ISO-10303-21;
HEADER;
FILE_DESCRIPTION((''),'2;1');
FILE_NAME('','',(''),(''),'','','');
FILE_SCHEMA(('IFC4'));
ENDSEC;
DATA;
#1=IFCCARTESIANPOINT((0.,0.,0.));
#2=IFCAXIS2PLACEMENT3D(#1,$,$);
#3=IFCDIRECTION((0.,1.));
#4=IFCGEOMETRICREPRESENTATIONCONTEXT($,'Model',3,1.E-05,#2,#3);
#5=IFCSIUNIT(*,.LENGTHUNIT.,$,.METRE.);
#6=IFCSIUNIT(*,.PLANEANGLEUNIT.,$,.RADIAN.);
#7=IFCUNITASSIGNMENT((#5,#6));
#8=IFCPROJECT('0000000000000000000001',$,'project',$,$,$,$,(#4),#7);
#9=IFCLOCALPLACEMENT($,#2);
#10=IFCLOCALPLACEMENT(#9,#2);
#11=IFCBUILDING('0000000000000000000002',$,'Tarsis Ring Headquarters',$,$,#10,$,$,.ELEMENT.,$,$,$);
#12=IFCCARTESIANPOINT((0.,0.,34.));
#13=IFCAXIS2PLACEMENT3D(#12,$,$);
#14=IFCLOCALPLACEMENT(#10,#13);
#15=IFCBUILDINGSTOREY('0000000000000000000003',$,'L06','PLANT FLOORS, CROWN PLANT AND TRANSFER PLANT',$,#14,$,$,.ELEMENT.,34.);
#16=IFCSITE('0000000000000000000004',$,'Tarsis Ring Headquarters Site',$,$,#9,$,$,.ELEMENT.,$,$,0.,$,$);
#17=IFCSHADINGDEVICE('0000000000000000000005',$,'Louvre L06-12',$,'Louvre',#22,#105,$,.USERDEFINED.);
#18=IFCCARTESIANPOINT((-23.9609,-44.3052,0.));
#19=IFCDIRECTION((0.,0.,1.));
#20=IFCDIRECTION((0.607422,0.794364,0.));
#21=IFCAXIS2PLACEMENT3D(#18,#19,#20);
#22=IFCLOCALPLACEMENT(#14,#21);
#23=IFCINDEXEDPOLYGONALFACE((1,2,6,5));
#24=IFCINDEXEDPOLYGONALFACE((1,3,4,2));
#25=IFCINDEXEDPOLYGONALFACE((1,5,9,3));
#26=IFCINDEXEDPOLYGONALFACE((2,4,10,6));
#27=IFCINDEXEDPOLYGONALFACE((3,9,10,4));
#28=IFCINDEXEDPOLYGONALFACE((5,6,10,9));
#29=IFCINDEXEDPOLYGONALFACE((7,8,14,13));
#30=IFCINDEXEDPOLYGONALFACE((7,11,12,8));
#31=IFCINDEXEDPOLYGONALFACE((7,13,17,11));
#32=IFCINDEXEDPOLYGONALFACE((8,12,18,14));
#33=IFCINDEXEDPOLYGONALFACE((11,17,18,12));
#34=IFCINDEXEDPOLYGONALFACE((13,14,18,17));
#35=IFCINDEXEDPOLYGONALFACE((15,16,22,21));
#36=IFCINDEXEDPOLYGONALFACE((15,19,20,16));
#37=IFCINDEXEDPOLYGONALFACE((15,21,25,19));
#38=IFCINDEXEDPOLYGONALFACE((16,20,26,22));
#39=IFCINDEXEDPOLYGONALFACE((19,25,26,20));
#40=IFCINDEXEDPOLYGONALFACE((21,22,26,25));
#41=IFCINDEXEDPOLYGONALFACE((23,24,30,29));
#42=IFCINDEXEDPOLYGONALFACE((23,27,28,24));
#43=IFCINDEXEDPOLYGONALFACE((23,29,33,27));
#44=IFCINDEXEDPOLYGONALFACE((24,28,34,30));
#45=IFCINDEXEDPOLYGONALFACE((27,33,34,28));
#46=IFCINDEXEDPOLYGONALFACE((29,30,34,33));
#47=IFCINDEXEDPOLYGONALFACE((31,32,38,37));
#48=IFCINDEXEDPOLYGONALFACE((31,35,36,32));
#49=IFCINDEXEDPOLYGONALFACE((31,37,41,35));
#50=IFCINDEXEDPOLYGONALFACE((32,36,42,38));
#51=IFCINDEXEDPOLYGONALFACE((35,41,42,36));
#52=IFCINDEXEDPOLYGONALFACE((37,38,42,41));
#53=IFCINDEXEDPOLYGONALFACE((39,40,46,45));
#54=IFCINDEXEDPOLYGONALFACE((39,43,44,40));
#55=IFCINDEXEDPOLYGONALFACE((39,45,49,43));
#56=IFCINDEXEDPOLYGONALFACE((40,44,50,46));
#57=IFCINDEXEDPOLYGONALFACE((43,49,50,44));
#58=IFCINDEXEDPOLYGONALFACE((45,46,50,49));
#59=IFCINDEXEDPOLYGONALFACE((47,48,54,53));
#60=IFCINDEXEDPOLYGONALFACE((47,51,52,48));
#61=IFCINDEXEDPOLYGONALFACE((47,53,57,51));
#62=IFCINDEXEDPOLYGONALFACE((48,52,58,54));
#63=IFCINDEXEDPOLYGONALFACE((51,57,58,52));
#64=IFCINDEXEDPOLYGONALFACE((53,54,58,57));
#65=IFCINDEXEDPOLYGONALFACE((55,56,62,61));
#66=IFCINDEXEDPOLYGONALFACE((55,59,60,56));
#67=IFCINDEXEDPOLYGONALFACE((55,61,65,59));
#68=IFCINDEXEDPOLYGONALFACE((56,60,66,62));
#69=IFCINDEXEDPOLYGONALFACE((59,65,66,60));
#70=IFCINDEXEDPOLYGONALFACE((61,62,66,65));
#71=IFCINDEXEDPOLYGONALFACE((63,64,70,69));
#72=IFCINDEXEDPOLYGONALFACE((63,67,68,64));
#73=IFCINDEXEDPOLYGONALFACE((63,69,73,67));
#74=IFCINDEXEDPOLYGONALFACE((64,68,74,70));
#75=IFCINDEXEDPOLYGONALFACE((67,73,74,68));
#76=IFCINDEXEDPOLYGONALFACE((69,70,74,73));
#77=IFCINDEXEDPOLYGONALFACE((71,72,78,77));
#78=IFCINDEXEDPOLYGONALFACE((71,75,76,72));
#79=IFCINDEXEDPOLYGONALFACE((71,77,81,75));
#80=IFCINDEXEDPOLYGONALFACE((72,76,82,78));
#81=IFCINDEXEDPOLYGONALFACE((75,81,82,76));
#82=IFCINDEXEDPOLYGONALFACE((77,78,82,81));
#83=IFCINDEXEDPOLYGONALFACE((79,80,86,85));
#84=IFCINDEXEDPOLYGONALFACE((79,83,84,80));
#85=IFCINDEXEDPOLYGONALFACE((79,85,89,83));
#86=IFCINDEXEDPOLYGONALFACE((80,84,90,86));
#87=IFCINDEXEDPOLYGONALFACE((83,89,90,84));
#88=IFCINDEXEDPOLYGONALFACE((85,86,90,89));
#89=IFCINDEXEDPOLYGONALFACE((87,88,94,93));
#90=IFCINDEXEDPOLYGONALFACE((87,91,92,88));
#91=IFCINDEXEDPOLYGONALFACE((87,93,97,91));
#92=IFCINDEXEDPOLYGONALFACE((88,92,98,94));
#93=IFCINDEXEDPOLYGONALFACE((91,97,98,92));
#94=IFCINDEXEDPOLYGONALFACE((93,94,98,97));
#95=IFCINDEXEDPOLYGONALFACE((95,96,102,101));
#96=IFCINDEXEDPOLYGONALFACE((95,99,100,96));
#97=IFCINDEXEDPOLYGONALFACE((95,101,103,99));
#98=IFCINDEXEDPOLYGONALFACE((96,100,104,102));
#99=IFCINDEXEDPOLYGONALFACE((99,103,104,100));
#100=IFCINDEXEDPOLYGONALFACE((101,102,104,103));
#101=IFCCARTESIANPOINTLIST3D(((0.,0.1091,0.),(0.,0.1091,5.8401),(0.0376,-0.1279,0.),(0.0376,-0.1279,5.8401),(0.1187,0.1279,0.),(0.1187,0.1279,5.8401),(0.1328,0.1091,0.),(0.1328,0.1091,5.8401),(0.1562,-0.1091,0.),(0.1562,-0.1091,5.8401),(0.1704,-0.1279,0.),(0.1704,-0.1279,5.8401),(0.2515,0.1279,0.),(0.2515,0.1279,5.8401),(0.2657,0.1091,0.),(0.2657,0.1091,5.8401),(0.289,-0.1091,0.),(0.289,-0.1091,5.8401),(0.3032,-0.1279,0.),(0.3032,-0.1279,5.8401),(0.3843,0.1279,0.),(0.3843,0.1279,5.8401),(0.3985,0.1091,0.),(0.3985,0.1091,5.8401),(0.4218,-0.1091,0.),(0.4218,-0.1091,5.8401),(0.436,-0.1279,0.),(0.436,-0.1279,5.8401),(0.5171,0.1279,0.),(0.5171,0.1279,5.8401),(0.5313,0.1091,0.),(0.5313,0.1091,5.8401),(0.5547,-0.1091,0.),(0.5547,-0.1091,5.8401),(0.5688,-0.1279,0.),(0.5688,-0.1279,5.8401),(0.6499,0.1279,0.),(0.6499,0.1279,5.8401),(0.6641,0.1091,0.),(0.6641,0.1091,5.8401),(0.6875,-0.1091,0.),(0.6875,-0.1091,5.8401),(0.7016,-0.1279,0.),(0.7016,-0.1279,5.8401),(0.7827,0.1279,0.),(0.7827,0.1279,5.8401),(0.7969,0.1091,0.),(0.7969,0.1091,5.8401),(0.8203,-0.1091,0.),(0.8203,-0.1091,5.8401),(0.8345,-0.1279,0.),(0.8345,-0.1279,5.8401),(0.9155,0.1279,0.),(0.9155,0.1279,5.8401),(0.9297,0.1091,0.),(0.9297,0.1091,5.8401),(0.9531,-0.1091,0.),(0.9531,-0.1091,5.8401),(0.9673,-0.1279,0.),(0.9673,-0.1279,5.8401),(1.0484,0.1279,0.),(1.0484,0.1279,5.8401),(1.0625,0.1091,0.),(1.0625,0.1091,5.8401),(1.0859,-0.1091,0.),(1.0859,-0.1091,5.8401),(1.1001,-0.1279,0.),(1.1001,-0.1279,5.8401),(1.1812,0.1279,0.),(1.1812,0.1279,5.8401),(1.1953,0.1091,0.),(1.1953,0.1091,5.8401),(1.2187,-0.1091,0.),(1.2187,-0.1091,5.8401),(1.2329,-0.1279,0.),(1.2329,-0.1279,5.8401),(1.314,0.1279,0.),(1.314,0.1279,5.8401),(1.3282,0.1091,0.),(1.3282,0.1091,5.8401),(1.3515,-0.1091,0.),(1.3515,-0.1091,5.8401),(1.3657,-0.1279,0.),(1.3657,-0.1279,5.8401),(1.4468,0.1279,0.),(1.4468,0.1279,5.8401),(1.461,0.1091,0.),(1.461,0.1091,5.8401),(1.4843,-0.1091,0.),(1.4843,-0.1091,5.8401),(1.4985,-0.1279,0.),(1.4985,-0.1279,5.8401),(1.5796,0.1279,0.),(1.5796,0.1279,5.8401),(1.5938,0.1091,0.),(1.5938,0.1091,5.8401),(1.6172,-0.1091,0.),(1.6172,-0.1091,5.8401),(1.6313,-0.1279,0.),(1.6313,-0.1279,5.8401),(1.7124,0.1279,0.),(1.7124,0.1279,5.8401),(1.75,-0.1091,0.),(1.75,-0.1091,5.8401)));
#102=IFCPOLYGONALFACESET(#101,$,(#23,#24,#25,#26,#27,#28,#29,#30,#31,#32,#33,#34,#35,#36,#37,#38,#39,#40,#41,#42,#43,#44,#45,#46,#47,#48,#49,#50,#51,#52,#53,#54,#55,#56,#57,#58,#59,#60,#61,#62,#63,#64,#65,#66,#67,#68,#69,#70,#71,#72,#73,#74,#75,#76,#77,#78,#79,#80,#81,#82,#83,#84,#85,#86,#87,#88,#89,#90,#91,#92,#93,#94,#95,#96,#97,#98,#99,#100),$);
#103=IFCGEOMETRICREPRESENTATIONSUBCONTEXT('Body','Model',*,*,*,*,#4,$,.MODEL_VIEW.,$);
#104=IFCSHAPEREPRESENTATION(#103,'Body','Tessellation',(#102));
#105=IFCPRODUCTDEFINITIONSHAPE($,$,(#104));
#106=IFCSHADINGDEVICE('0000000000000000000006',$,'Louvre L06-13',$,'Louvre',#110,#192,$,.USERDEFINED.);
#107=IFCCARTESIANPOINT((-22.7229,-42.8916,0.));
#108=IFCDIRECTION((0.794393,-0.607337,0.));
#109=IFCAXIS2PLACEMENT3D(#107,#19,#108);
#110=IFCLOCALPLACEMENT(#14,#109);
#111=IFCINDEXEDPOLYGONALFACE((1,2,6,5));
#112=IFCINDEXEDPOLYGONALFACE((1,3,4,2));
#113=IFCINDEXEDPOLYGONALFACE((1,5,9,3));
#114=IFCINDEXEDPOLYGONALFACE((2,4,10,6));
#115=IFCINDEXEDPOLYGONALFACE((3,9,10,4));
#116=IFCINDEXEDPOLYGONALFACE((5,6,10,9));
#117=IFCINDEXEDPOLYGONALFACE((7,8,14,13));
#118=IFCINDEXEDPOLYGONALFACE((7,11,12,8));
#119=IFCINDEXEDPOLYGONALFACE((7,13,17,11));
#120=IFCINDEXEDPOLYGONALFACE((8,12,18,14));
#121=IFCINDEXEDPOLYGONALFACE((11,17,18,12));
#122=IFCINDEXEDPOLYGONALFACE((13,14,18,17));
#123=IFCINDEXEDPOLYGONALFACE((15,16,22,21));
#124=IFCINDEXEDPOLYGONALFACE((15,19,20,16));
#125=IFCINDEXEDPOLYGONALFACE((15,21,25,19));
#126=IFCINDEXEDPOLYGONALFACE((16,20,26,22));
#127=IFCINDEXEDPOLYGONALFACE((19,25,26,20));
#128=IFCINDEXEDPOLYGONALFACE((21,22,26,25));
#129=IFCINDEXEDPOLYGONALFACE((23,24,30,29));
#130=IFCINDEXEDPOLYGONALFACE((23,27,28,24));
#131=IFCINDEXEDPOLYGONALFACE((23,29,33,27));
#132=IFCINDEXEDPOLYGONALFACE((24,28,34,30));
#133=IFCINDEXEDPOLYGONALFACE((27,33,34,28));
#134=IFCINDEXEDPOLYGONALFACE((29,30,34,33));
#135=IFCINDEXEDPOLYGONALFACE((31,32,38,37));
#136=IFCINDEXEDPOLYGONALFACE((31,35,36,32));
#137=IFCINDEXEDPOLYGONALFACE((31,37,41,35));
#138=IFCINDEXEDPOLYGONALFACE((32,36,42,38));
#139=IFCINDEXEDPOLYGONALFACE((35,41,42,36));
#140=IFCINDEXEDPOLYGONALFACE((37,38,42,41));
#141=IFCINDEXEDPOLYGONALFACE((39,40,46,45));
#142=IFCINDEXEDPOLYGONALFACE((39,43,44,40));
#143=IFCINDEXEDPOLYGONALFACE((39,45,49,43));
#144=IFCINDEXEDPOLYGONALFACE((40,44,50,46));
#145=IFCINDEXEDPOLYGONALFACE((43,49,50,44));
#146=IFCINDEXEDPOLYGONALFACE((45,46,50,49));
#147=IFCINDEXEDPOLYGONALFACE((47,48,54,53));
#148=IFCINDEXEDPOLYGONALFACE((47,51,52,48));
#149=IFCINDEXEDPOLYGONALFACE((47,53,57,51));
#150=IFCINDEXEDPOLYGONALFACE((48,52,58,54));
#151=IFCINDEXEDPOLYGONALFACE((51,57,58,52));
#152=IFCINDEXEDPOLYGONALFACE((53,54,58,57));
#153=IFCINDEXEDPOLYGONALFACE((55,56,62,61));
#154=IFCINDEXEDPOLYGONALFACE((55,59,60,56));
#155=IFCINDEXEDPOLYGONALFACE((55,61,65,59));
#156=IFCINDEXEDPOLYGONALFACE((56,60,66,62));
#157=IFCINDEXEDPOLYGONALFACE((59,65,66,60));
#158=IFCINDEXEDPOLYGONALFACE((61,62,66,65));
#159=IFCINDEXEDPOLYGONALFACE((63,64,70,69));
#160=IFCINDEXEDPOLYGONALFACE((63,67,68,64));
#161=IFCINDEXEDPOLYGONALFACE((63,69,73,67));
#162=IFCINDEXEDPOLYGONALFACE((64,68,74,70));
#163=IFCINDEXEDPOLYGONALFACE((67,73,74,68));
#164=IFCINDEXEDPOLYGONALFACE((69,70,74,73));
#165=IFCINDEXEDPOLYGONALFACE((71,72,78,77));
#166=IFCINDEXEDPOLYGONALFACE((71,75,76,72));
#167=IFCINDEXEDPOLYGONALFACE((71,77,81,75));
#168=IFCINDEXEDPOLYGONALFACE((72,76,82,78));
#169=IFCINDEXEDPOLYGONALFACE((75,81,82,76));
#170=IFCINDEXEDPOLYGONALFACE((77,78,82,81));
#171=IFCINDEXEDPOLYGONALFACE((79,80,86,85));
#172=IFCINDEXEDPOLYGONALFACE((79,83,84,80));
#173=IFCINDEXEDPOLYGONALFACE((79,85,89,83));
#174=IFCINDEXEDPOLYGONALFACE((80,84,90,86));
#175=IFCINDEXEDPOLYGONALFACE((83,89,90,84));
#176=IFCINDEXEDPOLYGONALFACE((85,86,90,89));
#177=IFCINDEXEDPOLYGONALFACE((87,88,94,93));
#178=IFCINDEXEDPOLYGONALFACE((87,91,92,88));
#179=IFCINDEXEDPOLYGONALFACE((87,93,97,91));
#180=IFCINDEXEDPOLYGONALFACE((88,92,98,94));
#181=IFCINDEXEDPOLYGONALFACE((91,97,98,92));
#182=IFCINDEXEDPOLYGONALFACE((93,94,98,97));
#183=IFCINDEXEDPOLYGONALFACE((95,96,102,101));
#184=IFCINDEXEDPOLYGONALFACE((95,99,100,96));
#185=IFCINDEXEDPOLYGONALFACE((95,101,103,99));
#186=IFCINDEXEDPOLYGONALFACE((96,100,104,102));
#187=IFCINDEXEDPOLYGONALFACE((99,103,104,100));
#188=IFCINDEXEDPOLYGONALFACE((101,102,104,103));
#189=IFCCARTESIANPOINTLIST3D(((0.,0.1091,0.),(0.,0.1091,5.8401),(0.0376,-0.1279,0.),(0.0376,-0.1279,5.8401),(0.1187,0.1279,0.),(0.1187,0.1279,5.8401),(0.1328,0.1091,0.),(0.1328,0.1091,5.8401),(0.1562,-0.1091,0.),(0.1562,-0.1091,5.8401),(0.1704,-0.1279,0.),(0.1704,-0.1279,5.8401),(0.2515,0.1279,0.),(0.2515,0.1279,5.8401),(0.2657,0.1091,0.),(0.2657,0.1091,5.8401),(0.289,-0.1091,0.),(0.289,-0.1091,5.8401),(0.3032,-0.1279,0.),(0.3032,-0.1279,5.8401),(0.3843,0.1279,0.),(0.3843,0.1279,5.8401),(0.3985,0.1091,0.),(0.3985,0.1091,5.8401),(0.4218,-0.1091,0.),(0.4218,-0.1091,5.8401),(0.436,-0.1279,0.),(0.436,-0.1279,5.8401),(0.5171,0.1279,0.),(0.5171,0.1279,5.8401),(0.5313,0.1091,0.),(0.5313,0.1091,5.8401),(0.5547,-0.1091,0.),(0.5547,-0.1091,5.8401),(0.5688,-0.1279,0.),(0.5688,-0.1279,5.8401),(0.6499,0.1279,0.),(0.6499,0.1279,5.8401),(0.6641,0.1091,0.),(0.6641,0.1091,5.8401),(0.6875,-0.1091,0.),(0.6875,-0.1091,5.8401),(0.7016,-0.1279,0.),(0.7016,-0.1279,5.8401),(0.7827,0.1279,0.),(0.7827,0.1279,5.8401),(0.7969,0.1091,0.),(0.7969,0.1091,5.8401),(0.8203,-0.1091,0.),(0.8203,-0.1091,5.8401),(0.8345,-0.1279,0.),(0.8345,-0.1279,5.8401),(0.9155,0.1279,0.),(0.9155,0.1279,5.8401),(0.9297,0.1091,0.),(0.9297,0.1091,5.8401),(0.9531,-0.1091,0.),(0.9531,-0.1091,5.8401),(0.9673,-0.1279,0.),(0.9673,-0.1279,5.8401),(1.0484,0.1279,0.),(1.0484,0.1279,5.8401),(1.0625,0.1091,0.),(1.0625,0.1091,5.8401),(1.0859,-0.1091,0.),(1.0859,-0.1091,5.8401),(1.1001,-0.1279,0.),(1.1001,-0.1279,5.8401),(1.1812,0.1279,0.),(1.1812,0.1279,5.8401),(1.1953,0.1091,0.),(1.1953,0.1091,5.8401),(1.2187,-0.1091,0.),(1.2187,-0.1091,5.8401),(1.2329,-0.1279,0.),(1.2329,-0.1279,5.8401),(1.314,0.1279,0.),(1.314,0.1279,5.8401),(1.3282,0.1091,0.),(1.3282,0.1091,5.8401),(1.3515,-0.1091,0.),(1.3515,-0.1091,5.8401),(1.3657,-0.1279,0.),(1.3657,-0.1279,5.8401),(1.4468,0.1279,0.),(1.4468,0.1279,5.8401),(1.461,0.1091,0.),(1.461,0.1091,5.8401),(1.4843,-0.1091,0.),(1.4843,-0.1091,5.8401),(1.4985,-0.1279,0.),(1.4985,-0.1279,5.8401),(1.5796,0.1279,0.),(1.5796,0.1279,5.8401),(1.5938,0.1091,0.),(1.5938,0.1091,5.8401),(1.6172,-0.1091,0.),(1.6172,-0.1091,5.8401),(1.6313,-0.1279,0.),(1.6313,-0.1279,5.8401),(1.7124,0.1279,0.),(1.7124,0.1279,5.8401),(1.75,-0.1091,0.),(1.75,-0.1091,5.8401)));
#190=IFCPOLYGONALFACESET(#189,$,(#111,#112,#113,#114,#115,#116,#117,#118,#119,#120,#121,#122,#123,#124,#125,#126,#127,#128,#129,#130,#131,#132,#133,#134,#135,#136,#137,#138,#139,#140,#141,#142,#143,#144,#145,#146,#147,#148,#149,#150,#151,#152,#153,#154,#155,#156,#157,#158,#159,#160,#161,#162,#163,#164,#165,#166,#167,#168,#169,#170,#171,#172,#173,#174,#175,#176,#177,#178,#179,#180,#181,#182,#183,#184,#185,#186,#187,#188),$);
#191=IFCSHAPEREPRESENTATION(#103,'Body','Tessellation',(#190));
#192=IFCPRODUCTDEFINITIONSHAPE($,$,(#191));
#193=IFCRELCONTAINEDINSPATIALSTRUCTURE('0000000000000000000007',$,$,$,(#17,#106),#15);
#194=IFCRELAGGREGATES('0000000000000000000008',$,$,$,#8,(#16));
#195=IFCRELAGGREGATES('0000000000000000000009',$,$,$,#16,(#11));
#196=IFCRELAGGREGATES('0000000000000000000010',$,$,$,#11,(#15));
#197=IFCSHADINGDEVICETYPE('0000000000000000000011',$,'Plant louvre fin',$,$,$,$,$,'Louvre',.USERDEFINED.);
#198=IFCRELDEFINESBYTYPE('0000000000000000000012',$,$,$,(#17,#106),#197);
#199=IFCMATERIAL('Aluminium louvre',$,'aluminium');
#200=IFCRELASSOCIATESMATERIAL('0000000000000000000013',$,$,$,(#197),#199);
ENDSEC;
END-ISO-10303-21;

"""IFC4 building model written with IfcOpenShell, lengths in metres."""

from ifc_helpers import new_model, si_unit, direction, frame, frame_2d, origin, place, context, subcontext, project, spatial, rectangle, composite_profile, extrude, material, type_object, element, save


model = new_model("IFC4")

# Units and contexts
model_context = context("Model", 3, precision=1e-05, world=origin(), true_north=direction((0.0, 1.0)))
body_context = subcontext(model_context, "Body", "Model", "MODEL_VIEW")
ifc_project = project(units=[si_unit("LENGTHUNIT", "METRE"), si_unit("PLANEANGLEUNIT", "RADIAN")], contexts=[model_context])

# Site, building, storey
site_placement = place(None, origin())
site = spatial("IfcSite", under=ifc_project, at=site_placement, Name="Tarsis Ring Headquarters Site", CompositionType="ELEMENT", RefElevation=0.0)
building_placement = place(site_placement, origin())
building = spatial("IfcBuilding", under=site, at=building_placement, Name="Tarsis Ring Headquarters", CompositionType="ELEMENT")
storey_placement = place(building_placement, frame((0.0, 0.0, 34.0)))
storey = spatial("IfcBuildingStorey", under=building, at=storey_placement, Name="L06", Description="PLANT FLOORS, CROWN PLANT AND TRANSFER PLANT", CompositionType="ELEMENT", Elevation=34.0)

# Shading devices
ifc_material_1 = material(Name="Aluminium louvre", Category="aluminium")
shading_device_type_1 = type_object("IfcShadingDeviceType", Name="Plant louvre fin", ElementType="Louvre", PredefinedType="USERDEFINED", material=ifc_material_1)
for number, where, z_axis, x_axis, name in (
    (1, (-23.9609, -44.3052, 0.0), (0.0, 0.0, 1.0), (0.607422, 0.794364, 0.0), "Louvre L06-12"),
    (2, (-22.7229, -42.8916, 0.0), (0.0, 0.0, 1.0), (0.794393, -0.607337, 0.0), "Louvre L06-13"),
):
    element("IfcShadingDevice", number, at=place(storey_placement, frame(where, z_axis=z_axis, x_axis=x_axis)), inside=storey, type_object=shading_device_type_1, Name=name, ObjectType="Louvre", PredefinedType="USERDEFINED", context=body_context, shape_type="SweptSolid", body=[
        extrude(composite_profile([rectangle(XDim=0.1201, YDim=0.24, at=frame_2d((0.0781, 0.0), x_axis=(0.987688, 0.156434))), rectangle(XDim=0.1201, YDim=0.24, at=frame_2d((0.2109, 0.0), x_axis=(0.987688, 0.156434))), rectangle(XDim=0.1201, YDim=0.24, at=frame_2d((0.3438, 0.0), x_axis=(0.987688, 0.156434))), rectangle(XDim=0.1201, YDim=0.24, at=frame_2d((0.4766, 0.0), x_axis=(0.987688, 0.156434))), rectangle(XDim=0.1201, YDim=0.24, at=frame_2d((0.6094, 0.0), x_axis=(0.987688, 0.156434))), rectangle(XDim=0.1201, YDim=0.24, at=frame_2d((0.7422, 0.0), x_axis=(0.987688, 0.156434))), rectangle(XDim=0.1201, YDim=0.24, at=frame_2d((0.875, 0.0), x_axis=(0.987688, 0.156434))), rectangle(XDim=0.1201, YDim=0.24, at=frame_2d((1.0078, 0.0), x_axis=(0.987688, 0.156434))), rectangle(XDim=0.1201, YDim=0.24, at=frame_2d((1.1406, 0.0), x_axis=(0.987688, 0.156434))), rectangle(XDim=0.1201, YDim=0.24, at=frame_2d((1.2734, 0.0), x_axis=(0.987688, 0.156434))), rectangle(XDim=0.1201, YDim=0.24, at=frame_2d((1.4062, 0.0), x_axis=(0.987688, 0.156434))), rectangle(XDim=0.1201, YDim=0.24, at=frame_2d((1.5391, 0.0), x_axis=(0.987688, 0.156434))), rectangle(XDim=0.1201, YDim=0.24, at=frame_2d((1.6719, 0.0), x_axis=(0.987688, 0.156434)))]), origin(), (0.0, 0.0, 1.0), 5.8401),
    ])

save(model, "model.ifc")
